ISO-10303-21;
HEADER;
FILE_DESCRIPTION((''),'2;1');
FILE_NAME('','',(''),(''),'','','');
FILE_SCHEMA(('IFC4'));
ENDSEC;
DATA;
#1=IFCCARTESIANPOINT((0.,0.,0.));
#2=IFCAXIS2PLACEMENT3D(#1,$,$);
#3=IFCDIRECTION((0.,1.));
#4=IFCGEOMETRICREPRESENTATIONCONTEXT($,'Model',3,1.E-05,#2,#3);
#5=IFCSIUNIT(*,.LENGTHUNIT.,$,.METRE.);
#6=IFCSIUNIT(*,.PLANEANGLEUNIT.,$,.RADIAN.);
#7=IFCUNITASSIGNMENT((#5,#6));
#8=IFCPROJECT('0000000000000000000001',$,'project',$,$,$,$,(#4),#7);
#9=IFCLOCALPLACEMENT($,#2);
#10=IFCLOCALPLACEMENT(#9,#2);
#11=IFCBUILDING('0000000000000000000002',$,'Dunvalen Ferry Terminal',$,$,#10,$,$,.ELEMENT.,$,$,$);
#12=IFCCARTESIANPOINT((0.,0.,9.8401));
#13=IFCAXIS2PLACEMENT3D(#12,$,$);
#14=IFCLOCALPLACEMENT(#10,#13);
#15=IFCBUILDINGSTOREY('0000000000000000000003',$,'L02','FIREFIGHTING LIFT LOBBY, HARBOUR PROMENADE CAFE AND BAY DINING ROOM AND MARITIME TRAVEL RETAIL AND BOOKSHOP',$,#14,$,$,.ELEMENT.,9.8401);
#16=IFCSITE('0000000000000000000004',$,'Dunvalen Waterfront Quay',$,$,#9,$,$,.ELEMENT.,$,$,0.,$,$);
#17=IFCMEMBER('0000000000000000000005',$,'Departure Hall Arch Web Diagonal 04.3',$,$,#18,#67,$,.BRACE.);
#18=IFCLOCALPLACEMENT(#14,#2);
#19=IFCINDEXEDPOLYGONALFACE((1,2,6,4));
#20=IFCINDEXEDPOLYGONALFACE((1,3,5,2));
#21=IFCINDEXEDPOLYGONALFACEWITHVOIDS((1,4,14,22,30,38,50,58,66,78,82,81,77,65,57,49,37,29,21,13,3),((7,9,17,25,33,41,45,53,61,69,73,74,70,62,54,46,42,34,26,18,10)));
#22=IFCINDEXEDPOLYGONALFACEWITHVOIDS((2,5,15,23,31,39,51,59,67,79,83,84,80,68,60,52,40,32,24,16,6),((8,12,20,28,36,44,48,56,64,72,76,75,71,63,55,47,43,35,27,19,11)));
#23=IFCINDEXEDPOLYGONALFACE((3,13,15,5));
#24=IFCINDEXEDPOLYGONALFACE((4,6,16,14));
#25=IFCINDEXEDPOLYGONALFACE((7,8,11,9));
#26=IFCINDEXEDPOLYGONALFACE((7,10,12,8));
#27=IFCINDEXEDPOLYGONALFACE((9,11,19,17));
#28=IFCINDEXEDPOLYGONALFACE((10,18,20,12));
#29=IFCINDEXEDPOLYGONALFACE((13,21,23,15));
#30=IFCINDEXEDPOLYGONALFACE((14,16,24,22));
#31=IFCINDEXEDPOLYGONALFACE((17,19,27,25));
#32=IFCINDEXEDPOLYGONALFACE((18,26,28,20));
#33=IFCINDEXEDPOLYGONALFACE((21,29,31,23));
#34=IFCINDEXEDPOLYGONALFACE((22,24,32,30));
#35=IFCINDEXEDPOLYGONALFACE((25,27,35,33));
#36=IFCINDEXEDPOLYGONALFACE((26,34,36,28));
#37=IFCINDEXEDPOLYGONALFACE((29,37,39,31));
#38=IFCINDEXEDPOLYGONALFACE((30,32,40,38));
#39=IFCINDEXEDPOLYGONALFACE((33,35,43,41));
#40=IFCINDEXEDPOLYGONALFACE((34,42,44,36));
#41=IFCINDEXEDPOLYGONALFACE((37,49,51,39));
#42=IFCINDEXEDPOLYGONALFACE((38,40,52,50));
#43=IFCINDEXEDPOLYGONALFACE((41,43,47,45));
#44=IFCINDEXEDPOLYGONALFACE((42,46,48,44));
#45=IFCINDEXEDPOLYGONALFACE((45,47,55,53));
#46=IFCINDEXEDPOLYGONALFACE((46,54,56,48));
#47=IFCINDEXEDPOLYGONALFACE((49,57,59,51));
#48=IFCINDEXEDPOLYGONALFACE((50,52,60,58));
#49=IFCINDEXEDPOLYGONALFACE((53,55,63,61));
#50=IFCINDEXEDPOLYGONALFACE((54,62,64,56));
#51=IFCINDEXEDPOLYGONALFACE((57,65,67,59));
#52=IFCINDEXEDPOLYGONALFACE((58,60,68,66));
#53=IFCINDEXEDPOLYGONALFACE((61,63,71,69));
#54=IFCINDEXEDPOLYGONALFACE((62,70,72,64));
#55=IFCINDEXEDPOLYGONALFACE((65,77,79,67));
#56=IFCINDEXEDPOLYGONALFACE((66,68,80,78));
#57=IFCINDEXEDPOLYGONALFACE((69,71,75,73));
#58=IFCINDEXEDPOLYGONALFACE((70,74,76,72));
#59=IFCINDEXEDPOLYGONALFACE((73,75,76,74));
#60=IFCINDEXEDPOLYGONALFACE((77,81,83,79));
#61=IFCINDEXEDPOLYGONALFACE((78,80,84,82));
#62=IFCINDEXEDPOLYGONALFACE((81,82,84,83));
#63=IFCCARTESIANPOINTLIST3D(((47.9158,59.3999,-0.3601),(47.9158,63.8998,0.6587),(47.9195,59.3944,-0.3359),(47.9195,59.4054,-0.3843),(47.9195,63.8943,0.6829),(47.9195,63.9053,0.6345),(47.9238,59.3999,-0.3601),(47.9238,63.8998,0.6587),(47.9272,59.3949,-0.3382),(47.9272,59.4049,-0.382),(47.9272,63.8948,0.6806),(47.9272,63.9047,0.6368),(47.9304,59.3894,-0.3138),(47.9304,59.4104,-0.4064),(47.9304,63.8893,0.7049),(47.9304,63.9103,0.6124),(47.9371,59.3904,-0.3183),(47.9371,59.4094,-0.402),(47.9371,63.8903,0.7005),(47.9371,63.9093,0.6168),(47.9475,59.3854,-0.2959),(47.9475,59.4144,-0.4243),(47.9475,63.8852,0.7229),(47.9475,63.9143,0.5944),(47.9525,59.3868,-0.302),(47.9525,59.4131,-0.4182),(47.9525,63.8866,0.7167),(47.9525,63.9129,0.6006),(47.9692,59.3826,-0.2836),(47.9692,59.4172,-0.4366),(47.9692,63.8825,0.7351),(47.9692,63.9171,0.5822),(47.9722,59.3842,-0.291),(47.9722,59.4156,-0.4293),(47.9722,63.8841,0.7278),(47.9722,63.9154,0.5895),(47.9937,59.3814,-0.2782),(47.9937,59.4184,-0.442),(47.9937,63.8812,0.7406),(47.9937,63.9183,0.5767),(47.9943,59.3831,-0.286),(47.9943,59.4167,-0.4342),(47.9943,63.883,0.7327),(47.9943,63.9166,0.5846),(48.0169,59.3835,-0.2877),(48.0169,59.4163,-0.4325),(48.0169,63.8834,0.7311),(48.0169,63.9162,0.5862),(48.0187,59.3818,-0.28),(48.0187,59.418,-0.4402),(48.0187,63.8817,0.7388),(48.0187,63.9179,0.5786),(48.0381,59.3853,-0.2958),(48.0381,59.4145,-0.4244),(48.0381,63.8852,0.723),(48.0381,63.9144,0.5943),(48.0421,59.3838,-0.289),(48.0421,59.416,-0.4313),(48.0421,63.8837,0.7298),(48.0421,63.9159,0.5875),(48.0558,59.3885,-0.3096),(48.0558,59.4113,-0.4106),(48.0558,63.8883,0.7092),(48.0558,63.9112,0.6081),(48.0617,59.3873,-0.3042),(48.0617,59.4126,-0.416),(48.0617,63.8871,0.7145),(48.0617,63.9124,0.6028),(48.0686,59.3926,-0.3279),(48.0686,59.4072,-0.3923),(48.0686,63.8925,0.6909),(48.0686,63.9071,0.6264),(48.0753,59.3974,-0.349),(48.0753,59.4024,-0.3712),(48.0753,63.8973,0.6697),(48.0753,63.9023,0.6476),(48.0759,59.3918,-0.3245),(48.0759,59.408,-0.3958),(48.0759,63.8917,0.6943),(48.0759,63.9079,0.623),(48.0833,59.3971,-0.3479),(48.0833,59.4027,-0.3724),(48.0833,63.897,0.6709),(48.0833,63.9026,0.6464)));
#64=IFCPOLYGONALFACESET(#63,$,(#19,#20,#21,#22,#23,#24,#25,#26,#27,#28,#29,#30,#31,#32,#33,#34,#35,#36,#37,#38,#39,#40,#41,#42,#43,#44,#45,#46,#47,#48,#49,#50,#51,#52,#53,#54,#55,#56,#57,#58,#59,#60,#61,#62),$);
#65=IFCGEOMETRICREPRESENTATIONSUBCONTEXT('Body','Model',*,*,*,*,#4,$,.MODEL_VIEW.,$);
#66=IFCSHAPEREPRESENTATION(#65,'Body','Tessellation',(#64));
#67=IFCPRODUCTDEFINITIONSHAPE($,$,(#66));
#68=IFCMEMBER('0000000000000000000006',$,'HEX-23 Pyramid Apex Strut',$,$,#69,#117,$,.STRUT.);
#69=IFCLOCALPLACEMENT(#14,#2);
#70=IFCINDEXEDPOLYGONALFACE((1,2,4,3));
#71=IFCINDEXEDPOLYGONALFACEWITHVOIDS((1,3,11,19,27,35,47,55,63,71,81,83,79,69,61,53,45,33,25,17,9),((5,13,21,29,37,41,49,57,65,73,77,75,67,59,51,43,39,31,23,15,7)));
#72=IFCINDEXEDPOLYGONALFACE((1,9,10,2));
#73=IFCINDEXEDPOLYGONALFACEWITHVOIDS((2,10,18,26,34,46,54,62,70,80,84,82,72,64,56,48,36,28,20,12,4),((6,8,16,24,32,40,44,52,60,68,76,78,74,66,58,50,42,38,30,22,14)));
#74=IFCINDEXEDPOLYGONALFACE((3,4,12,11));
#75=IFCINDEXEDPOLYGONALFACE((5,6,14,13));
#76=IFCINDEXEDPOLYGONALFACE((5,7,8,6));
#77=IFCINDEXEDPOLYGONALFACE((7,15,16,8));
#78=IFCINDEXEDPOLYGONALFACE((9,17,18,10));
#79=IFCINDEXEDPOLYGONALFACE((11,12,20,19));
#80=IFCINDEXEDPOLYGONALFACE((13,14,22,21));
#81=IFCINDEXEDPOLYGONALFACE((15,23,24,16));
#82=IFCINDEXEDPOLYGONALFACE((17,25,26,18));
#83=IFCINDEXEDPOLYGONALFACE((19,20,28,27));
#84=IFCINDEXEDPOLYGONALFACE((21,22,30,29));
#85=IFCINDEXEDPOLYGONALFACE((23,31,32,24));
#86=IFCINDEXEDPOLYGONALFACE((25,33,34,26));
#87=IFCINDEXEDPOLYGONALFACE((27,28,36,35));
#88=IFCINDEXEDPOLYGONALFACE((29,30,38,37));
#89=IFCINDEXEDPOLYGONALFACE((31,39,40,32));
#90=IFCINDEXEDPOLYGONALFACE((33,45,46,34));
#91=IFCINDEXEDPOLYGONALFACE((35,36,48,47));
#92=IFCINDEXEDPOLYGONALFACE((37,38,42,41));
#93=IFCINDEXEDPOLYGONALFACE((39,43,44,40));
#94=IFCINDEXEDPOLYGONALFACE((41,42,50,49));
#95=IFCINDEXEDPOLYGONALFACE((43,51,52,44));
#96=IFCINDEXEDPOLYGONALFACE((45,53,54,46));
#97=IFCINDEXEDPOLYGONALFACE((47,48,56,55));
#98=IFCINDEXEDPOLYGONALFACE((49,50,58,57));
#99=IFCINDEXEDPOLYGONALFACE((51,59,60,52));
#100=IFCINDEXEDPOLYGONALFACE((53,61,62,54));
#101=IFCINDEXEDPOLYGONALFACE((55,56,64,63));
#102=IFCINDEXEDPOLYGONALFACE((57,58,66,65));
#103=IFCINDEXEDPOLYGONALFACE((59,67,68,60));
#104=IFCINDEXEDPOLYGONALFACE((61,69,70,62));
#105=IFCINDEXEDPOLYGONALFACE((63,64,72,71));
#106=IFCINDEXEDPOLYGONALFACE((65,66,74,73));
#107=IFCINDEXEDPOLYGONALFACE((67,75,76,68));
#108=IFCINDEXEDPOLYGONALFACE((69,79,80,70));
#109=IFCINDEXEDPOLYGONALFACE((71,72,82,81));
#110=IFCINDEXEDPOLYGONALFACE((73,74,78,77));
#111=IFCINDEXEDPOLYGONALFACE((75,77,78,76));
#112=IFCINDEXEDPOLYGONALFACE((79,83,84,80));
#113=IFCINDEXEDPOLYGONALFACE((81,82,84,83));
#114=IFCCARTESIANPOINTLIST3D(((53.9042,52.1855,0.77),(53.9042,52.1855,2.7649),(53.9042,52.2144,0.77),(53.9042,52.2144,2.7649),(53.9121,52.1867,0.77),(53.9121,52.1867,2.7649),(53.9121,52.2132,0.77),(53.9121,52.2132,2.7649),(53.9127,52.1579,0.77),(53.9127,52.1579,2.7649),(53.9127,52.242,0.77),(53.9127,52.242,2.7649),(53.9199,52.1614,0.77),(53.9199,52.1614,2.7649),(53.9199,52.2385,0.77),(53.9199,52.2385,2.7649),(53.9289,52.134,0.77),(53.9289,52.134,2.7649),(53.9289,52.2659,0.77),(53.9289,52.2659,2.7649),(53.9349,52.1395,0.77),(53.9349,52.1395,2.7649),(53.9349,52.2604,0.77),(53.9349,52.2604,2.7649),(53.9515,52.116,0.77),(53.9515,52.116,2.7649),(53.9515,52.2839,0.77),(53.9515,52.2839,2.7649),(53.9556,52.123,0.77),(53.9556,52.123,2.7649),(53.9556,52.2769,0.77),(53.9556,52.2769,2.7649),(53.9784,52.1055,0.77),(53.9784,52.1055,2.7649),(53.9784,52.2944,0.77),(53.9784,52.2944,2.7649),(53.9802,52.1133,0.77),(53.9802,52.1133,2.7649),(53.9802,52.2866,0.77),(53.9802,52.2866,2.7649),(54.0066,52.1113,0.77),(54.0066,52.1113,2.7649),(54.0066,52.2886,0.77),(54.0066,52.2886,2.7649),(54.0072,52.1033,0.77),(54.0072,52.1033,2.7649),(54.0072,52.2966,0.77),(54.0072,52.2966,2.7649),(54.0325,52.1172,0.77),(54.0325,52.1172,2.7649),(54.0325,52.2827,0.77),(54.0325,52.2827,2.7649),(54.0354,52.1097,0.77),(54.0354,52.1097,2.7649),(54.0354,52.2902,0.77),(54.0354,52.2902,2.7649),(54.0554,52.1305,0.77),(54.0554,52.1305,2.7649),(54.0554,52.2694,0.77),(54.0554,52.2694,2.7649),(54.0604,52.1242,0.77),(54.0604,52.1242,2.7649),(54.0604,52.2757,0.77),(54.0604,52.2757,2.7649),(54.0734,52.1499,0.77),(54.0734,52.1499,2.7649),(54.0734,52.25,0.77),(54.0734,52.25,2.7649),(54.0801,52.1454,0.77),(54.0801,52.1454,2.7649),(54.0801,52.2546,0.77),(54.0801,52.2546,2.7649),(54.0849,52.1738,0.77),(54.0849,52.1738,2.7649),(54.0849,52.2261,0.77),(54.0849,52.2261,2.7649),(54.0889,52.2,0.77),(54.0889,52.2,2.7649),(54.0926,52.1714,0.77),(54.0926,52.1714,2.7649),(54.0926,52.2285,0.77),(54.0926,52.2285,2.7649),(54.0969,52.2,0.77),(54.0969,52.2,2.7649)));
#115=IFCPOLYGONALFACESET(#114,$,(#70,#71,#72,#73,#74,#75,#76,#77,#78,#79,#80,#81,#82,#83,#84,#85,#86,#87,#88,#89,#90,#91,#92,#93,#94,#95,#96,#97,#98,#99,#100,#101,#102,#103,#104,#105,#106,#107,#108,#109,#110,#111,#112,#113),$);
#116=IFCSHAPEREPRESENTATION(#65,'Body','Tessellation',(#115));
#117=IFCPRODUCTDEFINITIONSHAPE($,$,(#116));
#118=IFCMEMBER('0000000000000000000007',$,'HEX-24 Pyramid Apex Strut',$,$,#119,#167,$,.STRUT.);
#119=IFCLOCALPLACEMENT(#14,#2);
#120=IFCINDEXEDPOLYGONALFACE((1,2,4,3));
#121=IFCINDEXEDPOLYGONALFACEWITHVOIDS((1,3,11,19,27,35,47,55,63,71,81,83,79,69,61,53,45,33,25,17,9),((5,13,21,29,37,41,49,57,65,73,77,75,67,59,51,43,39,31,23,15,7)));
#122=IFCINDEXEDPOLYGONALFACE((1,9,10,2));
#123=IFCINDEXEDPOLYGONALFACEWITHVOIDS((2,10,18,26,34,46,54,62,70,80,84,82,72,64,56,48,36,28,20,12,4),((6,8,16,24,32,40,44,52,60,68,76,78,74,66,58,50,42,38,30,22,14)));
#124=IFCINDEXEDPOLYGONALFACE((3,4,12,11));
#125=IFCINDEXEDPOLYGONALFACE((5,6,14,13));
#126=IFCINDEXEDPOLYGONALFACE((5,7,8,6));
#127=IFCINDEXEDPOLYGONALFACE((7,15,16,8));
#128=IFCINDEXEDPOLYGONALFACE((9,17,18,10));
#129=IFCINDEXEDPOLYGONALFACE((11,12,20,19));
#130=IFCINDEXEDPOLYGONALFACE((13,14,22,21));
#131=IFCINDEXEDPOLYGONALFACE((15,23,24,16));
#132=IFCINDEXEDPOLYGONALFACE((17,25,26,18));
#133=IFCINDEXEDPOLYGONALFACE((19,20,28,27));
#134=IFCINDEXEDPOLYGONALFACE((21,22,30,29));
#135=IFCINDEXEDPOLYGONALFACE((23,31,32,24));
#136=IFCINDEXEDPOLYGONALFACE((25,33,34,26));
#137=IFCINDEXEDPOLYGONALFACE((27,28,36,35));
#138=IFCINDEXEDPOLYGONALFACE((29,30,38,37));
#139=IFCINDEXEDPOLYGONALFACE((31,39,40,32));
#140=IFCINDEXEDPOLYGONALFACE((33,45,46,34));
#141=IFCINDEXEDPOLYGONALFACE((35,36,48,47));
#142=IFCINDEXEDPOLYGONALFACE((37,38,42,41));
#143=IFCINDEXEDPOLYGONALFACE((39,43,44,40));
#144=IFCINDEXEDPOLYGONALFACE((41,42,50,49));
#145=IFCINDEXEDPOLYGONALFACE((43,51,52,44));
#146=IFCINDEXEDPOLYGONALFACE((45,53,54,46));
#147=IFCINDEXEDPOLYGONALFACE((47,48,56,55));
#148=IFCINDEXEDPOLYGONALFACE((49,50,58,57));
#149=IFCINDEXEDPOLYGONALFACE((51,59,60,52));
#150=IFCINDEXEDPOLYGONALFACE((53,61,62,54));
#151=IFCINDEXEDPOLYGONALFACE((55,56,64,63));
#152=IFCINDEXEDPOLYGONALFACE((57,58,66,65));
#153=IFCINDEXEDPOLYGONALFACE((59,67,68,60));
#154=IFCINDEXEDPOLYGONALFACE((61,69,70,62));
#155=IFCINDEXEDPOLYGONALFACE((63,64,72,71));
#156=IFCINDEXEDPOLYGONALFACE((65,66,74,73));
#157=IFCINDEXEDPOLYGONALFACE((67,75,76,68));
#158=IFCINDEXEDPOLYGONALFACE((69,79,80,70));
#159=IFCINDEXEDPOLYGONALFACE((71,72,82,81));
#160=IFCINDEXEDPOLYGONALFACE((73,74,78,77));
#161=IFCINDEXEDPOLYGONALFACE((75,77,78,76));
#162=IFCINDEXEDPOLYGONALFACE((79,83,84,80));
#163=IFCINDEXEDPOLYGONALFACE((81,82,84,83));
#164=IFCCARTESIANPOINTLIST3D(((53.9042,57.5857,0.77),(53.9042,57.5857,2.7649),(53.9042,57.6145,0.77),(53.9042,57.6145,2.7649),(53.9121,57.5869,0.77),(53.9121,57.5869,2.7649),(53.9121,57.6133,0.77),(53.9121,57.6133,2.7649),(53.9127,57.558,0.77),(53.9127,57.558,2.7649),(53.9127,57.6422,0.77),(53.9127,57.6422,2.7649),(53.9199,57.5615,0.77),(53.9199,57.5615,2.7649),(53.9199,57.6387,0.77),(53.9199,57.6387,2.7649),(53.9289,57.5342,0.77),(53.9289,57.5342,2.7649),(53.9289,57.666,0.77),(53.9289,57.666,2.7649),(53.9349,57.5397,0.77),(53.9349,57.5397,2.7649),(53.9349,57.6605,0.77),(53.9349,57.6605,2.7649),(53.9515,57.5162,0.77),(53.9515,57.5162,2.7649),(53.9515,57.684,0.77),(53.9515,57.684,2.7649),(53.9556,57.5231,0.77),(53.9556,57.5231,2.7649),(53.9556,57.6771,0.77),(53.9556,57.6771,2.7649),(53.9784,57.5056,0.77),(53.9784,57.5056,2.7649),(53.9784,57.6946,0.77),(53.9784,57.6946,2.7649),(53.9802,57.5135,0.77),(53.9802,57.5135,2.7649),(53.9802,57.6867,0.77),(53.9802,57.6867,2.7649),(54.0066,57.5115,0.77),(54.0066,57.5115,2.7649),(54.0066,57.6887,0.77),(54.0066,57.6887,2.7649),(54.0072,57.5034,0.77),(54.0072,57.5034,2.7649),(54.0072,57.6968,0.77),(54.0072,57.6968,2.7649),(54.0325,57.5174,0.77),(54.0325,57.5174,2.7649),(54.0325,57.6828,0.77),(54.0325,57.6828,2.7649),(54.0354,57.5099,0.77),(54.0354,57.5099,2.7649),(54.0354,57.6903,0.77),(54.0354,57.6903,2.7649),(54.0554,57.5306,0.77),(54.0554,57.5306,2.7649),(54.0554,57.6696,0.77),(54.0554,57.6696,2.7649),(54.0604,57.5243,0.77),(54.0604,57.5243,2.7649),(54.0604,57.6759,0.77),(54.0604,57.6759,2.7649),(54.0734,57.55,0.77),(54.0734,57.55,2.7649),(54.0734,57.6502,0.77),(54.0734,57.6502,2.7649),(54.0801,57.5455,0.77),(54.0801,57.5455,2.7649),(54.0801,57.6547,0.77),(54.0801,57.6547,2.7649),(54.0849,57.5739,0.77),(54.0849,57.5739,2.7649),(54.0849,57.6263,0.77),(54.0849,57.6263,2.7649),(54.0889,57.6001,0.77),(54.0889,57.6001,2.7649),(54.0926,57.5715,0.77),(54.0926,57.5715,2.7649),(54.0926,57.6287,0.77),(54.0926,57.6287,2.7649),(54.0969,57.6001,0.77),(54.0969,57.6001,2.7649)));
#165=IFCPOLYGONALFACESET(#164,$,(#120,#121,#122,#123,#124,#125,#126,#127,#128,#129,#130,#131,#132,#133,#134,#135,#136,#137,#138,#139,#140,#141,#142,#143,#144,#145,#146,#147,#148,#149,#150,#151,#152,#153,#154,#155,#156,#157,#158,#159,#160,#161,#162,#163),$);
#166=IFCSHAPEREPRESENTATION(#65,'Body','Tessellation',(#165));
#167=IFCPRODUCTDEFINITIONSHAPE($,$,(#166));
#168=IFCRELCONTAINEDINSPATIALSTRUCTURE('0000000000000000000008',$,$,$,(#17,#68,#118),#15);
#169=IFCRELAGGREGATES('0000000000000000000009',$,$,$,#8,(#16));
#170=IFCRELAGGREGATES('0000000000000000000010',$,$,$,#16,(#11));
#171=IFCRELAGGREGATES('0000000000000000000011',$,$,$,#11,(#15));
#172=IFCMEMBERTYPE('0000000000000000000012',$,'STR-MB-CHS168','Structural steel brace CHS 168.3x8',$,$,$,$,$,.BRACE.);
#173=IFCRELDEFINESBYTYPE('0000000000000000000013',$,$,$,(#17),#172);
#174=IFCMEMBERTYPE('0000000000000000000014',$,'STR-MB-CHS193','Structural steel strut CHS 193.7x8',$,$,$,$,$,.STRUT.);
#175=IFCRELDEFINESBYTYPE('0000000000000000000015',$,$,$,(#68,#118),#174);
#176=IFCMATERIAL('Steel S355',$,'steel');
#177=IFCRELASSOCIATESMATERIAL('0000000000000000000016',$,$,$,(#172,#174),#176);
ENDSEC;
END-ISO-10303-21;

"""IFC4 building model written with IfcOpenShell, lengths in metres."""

from ifc_helpers import new_model, si_unit, direction, frame, origin, origin_2d, place, context, subcontext, project, spatial, hollow_circle, extrude, material, material_profile, profile_set, type_object, element, save


model = new_model("IFC4")

# Units and contexts
model_context = context("Model", 3, precision=1e-05, world=origin(), true_north=direction((0.0, 1.0)))
body_context = subcontext(model_context, "Body", "Model", "MODEL_VIEW")
ifc_project = project(units=[si_unit("LENGTHUNIT", "METRE"), si_unit("PLANEANGLEUNIT", "RADIAN")], contexts=[model_context])

# Site, building, storey
site_placement = place(None, origin())
site = spatial("IfcSite", under=ifc_project, at=site_placement, Name="Dunvalen Waterfront Quay", CompositionType="ELEMENT", RefElevation=0.0)
building_placement = place(site_placement, origin())
building = spatial("IfcBuilding", under=site, at=building_placement, Name="Dunvalen Ferry Terminal", CompositionType="ELEMENT")
storey_placement = place(building_placement, frame((0.0, 0.0, 9.8401)))
storey = spatial("IfcBuildingStorey", under=building, at=storey_placement, Name="L02", Description="FIREFIGHTING LIFT LOBBY, HARBOUR PROMENADE CAFE AND BAY DINING ROOM AND MARITIME TRAVEL RETAIL AND BOOKSHOP", CompositionType="ELEMENT", Elevation=9.8401)

# Shared definitions
ifc_material_1 = material(Name="Steel S355", Category="steel")

# Members
ifc_material_profile_1 = material_profile(ifc_material_1, hollow_circle(Radius=0.0842, WallThickness=0.0081, at=origin_2d()), Name="Steel S355")
ifc_profile_set_1 = profile_set([ifc_material_profile_1], Name="Steel S355")
member_type_1 = type_object("IfcMemberType", Name="STR-MB-CHS168", Description="Structural steel brace CHS 168.3x8", PredefinedType="BRACE", material=ifc_profile_set_1)
member_1_placement = place(storey_placement, frame((48.0, 59.3999, -0.3601), z_axis=(0.0, 0.975317, 0.220811), x_axis=(-1.0, 0.0, 0.0)))
element("IfcMember", 1, at=member_1_placement, inside=storey, type_object=member_type_1, Name="Departure Hall Arch Web Diagonal 04.3", PredefinedType="BRACE", context=body_context, shape_type="SweptSolid", body=[
    extrude(hollow_circle(Radius=0.0842, WallThickness=0.0081, at=origin_2d()), origin(), (0.0, 0.0, 1.0), 4.6138),
])
ifc_material_profile_2 = material_profile(ifc_material_1, hollow_circle(Radius=0.0969, WallThickness=0.0081, at=origin_2d()), Name="Steel S355")
ifc_profile_set_2 = profile_set([ifc_material_profile_2], Name="Steel S355")
member_type_2 = type_object("IfcMemberType", Name="STR-MB-CHS193", Description="Structural steel strut CHS 193.7x8", PredefinedType="STRUT", material=ifc_profile_set_2)
for number, where, z_axis, x_axis, name in (
    (2, (54.0, 52.2, 0.77), (0.0, 0.0, 1.0), (1.0, 0.0, 0.0), "HEX-23 Pyramid Apex Strut"),
    (3, (54.0, 57.6001, 0.77), (0.0, 0.0, 1.0), (1.0, 0.0, 0.0), "HEX-24 Pyramid Apex Strut"),
):
    element("IfcMember", number, at=place(storey_placement, frame(where, z_axis=z_axis, x_axis=x_axis)), inside=storey, type_object=member_type_2, Name=name, PredefinedType="STRUT", context=body_context, shape_type="SweptSolid", body=[
        extrude(hollow_circle(Radius=0.0969, WallThickness=0.0081, at=origin_2d()), origin(), (0.0, 0.0, 1.0), 1.9949),
    ])

save(model, "model.ifc")
